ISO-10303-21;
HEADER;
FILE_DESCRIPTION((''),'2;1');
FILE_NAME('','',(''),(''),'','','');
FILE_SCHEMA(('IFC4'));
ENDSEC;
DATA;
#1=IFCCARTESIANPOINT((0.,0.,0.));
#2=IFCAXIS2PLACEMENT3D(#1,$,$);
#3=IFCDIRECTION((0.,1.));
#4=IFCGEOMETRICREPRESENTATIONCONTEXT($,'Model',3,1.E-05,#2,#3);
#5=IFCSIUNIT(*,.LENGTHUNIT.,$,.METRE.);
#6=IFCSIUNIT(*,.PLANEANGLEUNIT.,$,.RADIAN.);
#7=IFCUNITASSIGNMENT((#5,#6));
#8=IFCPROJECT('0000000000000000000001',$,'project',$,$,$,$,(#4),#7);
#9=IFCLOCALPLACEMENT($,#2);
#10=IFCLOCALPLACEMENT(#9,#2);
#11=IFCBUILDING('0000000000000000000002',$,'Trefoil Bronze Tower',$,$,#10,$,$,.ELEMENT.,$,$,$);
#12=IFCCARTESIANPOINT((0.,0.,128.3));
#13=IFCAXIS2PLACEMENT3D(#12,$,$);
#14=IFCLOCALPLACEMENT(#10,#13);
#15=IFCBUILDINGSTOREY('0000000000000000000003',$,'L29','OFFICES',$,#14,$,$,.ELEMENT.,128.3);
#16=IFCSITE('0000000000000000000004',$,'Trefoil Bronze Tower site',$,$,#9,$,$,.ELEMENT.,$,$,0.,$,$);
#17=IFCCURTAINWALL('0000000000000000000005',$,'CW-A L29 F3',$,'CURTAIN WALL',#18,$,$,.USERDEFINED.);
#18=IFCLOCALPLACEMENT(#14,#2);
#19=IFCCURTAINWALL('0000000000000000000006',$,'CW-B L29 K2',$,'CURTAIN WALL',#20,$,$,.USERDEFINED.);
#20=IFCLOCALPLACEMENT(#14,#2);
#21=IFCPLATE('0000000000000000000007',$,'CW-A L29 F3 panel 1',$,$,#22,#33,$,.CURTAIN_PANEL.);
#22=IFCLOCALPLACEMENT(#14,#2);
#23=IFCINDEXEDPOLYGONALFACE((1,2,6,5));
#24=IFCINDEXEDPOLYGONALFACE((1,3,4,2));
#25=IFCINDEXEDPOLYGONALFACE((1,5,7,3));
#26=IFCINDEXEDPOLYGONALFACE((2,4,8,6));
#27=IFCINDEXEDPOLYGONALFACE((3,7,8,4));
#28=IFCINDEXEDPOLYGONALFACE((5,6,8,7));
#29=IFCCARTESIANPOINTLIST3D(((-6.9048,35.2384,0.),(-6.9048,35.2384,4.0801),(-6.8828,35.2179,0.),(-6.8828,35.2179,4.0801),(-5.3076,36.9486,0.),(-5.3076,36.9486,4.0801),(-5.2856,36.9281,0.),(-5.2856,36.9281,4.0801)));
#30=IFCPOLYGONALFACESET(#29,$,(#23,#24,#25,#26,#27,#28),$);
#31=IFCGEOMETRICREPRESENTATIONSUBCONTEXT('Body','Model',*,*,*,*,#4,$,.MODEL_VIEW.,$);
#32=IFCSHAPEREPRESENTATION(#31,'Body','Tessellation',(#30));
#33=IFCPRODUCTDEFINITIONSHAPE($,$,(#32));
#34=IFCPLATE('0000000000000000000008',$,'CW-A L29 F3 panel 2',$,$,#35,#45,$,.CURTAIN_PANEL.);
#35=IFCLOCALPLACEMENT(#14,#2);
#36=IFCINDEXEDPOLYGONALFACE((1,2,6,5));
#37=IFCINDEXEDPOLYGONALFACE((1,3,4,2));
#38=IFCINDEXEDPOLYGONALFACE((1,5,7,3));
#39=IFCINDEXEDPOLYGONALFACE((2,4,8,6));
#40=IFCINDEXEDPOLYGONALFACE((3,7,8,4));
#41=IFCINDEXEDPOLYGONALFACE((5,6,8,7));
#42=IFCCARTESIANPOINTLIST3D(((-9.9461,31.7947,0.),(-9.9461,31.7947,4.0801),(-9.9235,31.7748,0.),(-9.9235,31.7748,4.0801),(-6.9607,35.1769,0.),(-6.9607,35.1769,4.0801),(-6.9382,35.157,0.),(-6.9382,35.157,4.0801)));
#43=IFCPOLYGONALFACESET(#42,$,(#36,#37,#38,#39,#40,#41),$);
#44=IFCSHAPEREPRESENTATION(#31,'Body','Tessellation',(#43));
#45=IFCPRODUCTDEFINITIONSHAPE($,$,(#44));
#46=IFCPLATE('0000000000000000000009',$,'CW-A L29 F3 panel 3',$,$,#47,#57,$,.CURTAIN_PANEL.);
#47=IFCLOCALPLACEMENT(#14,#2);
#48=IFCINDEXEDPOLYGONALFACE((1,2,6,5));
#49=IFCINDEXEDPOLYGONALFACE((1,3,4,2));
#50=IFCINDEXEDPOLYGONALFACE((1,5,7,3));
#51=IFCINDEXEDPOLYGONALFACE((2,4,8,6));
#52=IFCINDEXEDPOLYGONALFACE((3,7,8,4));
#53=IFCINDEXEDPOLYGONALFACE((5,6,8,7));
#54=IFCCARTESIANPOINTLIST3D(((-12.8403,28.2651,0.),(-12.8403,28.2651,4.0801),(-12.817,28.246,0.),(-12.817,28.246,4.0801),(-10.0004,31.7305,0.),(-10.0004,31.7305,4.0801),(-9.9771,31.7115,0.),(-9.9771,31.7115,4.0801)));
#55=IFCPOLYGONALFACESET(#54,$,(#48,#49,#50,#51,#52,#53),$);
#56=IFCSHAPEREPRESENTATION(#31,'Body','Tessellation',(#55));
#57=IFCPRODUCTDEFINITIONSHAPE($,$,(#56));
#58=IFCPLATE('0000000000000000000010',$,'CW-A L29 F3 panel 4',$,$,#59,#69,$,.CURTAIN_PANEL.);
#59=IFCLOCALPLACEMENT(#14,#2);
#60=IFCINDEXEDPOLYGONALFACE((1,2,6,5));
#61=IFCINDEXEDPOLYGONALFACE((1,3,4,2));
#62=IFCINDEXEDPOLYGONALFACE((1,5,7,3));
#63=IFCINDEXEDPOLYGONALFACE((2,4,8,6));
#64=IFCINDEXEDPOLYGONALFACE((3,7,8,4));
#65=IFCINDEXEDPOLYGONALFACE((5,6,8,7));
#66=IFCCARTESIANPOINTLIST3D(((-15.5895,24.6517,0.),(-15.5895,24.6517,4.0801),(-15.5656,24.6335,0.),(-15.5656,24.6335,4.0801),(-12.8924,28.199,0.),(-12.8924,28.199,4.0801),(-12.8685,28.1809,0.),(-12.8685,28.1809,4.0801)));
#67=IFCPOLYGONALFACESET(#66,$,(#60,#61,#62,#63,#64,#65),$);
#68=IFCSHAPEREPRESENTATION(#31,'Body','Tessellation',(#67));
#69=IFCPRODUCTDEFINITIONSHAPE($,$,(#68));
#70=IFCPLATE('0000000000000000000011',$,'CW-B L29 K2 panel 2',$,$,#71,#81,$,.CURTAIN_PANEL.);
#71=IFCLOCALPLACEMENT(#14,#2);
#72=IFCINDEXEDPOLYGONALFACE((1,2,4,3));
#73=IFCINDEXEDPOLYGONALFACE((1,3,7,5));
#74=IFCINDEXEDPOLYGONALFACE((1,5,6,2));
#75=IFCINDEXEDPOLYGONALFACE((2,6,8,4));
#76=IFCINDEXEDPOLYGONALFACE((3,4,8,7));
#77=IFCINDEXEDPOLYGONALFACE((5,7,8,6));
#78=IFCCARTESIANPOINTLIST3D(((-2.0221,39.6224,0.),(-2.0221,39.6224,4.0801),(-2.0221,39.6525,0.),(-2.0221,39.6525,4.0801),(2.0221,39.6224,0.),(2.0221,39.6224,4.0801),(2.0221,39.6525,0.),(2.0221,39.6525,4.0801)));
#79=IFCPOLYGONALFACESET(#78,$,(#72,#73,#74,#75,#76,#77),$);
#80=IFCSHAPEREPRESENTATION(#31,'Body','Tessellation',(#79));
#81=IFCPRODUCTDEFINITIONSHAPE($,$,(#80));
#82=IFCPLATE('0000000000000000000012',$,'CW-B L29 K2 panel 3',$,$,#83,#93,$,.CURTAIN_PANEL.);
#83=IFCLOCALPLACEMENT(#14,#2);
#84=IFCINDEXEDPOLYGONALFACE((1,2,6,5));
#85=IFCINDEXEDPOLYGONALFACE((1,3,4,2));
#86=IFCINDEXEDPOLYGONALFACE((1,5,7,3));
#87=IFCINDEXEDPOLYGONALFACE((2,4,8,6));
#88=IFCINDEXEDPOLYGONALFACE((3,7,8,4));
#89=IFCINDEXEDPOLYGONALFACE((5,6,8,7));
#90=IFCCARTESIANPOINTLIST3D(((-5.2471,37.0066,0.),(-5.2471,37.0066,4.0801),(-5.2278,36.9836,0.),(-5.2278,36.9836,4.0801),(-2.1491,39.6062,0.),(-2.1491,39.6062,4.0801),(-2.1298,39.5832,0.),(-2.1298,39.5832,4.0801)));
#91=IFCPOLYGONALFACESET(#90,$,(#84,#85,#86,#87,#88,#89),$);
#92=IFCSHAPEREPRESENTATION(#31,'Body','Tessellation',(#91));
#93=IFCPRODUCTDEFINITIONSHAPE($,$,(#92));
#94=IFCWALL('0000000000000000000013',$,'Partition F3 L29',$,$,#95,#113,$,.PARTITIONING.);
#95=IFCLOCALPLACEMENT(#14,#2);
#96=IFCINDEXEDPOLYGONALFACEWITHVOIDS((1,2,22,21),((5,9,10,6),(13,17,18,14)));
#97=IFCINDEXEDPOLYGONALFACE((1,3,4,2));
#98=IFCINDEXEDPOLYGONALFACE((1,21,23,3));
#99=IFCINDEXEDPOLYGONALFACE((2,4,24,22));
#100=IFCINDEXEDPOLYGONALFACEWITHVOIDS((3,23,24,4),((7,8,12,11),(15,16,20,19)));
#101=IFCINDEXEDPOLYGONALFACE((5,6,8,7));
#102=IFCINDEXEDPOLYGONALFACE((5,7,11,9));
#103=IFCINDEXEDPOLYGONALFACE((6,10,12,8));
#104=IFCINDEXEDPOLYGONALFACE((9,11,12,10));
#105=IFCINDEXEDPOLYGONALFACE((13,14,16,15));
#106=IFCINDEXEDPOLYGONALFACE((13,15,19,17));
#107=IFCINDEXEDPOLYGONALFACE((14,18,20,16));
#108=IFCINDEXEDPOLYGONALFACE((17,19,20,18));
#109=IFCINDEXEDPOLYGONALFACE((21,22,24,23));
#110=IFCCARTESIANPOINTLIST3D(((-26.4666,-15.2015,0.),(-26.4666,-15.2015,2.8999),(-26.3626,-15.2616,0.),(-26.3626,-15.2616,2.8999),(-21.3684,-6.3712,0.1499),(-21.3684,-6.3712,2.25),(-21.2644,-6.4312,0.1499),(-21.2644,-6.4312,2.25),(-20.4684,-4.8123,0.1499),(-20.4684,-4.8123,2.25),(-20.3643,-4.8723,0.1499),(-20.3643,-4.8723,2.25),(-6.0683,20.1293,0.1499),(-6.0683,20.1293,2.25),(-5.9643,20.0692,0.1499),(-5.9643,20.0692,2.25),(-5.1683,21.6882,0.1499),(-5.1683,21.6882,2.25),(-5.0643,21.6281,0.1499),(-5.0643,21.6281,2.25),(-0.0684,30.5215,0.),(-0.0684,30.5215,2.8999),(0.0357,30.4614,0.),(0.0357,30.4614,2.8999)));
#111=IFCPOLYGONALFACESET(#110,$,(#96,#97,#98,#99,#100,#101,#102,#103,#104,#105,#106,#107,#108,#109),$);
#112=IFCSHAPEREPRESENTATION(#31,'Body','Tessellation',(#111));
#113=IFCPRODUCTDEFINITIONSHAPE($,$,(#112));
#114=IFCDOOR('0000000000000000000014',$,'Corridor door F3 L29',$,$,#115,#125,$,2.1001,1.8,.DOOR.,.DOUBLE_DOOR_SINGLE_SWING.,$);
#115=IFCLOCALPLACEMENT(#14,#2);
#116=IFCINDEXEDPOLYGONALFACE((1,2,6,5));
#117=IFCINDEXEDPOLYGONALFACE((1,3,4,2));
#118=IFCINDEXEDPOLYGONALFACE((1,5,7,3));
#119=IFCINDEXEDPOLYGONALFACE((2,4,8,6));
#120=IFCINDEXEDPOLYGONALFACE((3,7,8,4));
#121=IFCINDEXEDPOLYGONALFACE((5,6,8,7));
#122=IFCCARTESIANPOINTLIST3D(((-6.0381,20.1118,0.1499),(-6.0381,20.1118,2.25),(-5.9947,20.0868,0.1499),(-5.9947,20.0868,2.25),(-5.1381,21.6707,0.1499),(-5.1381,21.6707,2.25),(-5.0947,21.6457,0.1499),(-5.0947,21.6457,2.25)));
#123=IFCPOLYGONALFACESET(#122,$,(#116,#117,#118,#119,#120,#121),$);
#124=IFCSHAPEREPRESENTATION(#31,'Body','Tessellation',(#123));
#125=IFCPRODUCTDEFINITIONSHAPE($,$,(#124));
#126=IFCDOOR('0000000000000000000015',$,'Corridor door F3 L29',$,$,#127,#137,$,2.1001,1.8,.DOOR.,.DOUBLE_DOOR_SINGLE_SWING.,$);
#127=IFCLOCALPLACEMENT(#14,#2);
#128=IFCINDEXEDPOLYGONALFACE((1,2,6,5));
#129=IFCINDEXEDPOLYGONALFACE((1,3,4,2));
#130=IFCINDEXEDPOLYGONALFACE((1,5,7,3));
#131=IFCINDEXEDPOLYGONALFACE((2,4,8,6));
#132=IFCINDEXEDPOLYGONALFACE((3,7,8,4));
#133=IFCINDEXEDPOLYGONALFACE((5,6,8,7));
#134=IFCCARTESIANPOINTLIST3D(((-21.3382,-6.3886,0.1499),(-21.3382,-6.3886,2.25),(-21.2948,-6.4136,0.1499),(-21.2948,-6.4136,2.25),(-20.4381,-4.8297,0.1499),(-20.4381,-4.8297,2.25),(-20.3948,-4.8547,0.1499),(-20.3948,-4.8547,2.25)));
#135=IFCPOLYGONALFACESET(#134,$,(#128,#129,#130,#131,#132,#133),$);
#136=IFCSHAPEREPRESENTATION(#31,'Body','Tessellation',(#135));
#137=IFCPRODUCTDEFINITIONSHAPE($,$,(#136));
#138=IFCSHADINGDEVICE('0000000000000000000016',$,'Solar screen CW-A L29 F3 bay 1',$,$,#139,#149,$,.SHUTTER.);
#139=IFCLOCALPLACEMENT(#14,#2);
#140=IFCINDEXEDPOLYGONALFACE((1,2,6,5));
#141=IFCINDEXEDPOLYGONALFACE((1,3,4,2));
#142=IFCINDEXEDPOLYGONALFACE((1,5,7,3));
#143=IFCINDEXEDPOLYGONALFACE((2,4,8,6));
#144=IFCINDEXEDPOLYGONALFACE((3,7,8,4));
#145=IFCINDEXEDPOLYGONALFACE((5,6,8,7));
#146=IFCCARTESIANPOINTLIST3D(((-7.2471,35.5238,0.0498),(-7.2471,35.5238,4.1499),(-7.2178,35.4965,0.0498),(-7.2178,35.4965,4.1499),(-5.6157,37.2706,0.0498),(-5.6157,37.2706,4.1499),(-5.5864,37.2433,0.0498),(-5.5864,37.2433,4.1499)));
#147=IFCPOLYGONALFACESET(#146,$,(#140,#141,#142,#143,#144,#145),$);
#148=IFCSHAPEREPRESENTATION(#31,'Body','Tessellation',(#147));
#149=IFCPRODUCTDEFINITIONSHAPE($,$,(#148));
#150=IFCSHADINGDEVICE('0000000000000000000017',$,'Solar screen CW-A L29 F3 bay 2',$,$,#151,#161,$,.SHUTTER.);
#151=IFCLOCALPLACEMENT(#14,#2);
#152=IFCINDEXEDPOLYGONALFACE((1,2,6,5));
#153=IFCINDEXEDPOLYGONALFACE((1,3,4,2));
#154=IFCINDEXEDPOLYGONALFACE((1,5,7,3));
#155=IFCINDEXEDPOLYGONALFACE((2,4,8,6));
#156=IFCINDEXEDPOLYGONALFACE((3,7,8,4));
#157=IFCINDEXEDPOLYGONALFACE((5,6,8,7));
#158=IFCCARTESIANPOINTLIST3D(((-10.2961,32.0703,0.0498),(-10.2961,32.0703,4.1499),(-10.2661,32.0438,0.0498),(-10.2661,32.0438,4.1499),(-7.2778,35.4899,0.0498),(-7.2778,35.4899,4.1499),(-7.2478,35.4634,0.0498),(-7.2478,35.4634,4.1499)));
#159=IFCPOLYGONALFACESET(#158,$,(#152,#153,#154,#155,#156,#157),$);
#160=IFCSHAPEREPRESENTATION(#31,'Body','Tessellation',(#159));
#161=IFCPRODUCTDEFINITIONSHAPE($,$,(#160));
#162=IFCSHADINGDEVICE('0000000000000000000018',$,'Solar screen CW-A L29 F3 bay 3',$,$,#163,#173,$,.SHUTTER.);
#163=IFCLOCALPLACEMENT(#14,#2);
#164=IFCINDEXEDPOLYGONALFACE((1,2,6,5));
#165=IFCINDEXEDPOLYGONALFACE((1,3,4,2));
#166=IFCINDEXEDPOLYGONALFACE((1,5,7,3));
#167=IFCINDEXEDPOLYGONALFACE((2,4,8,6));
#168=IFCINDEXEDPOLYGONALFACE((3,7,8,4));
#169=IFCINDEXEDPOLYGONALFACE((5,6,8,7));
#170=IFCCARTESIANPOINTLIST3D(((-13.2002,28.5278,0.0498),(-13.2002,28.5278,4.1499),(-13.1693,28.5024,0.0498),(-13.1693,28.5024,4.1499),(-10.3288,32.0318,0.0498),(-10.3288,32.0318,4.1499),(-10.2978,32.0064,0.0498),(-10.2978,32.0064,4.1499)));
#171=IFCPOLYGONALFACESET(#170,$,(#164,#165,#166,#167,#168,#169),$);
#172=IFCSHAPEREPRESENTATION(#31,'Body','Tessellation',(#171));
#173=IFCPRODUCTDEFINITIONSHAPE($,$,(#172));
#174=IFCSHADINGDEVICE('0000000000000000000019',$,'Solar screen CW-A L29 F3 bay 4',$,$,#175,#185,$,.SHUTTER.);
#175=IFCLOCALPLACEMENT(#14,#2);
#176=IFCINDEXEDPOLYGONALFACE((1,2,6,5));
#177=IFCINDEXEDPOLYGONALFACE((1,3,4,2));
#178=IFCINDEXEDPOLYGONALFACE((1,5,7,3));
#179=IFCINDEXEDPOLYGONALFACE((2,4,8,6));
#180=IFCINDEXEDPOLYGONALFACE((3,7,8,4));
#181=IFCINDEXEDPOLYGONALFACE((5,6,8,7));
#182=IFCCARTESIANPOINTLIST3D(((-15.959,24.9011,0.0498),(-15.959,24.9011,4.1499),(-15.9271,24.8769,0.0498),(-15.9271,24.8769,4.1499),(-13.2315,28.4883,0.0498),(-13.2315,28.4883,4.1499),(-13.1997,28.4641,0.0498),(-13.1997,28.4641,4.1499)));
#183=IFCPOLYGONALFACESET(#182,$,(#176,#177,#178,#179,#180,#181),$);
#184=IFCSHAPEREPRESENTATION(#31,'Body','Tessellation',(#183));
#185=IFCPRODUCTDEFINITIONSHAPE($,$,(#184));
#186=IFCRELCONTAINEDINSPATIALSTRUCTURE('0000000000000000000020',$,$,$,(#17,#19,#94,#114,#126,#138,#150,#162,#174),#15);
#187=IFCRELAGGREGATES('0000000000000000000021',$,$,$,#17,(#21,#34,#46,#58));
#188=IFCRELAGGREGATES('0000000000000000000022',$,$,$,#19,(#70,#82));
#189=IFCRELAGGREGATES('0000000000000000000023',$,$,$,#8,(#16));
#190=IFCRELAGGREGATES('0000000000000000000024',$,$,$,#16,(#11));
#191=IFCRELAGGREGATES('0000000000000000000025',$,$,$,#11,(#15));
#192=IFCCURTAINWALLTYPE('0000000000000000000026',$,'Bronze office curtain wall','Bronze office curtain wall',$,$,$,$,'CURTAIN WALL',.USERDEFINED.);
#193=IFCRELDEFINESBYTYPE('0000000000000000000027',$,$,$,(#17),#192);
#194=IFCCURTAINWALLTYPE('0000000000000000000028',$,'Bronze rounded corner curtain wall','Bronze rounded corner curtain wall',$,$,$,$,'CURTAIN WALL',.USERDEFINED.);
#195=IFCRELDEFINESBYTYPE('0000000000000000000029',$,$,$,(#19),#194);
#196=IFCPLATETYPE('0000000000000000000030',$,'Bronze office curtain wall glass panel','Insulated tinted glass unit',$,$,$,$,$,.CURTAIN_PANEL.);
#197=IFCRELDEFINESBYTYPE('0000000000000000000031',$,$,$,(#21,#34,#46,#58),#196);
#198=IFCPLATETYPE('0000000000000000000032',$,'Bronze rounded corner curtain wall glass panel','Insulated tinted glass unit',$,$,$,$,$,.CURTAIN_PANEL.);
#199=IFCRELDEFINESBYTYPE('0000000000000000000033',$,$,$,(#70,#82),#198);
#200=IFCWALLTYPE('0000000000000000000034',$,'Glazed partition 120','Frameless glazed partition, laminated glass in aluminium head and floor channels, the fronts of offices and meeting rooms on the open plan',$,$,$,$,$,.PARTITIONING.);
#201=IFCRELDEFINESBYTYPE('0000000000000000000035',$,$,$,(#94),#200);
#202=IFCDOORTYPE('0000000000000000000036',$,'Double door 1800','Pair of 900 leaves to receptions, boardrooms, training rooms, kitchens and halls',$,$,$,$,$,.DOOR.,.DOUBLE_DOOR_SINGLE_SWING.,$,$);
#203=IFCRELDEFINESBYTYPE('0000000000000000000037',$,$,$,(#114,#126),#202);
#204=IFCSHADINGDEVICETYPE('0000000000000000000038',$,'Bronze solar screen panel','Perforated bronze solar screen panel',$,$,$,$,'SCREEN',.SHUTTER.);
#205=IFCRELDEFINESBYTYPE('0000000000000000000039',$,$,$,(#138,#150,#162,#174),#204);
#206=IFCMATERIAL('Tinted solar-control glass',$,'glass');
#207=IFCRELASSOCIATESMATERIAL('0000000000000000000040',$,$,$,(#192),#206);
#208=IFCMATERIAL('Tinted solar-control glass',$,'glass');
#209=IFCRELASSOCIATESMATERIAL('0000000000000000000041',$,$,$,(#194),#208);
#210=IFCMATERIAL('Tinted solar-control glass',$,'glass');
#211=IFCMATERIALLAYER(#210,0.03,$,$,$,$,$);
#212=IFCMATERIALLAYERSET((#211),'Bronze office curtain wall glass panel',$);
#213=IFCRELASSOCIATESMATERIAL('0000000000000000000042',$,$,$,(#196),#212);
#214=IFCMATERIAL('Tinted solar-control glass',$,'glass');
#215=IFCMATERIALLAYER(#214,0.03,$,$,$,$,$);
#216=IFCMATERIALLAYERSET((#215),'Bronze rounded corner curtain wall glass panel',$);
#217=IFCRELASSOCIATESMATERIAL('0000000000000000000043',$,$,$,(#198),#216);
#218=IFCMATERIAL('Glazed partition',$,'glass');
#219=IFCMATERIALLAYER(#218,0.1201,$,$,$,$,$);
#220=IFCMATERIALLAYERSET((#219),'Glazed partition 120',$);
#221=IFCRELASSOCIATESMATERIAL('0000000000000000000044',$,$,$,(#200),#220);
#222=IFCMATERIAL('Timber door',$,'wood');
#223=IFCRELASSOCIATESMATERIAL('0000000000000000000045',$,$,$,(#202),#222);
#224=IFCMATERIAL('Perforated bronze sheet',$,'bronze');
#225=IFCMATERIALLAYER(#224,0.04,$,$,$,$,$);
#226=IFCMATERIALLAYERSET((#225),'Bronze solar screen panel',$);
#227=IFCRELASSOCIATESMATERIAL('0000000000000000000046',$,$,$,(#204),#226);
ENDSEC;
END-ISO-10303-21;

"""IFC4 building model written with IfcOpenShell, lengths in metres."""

from ifc_helpers import new_model, si_unit, direction, frame, frame_2d, origin, origin_2d, place, context, subcontext, project, spatial, rectangle, extrude, material, layer, layer_set, type_object, element, fill, aggregate, save


model = new_model("IFC4")

# Units and contexts
model_context = context("Model", 3, precision=1e-05, world=origin(), true_north=direction((0.0, 1.0)))
body_context = subcontext(model_context, "Body", "Model", "MODEL_VIEW")
ifc_project = project(units=[si_unit("LENGTHUNIT", "METRE"), si_unit("PLANEANGLEUNIT", "RADIAN")], contexts=[model_context])

# Site, building, storey
site_placement = place(None, origin())
site = spatial("IfcSite", under=ifc_project, at=site_placement, Name="Trefoil Bronze Tower site", CompositionType="ELEMENT", RefElevation=0.0)
building_placement = place(site_placement, origin())
building = spatial("IfcBuilding", under=site, at=building_placement, Name="Trefoil Bronze Tower", CompositionType="ELEMENT")
storey_placement = place(building_placement, frame((0.0, 0.0, 128.3)))
storey = spatial("IfcBuildingStorey", under=building, at=storey_placement, Name="L29", Description="OFFICES", CompositionType="ELEMENT", Elevation=128.3)

# Curtain walls
ifc_material_1 = material(Name="Tinted solar-control glass", Category="glass")
curtain_wall_type_1 = type_object("IfcCurtainWallType", Name="Bronze office curtain wall", Description="Bronze office curtain wall", ElementType="CURTAIN WALL", PredefinedType="USERDEFINED", material=ifc_material_1)
curtain_wall_1_placement = place(storey_placement, origin())
curtain_wall_1 = element("IfcCurtainWall", 1, at=curtain_wall_1_placement, inside=storey, type_object=curtain_wall_type_1, Name="CW-A L29 F3", ObjectType="CURTAIN WALL", PredefinedType="USERDEFINED")
ifc_material_2 = material(Name="Tinted solar-control glass", Category="glass")
curtain_wall_type_2 = type_object("IfcCurtainWallType", Name="Bronze rounded corner curtain wall", Description="Bronze rounded corner curtain wall", ElementType="CURTAIN WALL", PredefinedType="USERDEFINED", material=ifc_material_2)
curtain_wall_2_placement = place(storey_placement, origin())
curtain_wall_2 = element("IfcCurtainWall", 2, at=curtain_wall_2_placement, inside=storey, type_object=curtain_wall_type_2, Name="CW-B L29 K2", ObjectType="CURTAIN WALL", PredefinedType="USERDEFINED")

# Plates
ifc_material_3 = material(Name="Tinted solar-control glass", Category="glass")
ifc_layer_1 = layer(ifc_material_3, 0.03)
ifc_layer_set_1 = layer_set([ifc_layer_1], Name="Bronze office curtain wall glass panel")
plate_type_1 = type_object("IfcPlateType", Name="Bronze office curtain wall glass panel", Description="Insulated tinted glass unit", PredefinedType="CURTAIN_PANEL", material=ifc_layer_set_1)
plate_1_placement = place(storey_placement, frame((-6.0952, 36.0833, 0.0), z_axis=(0.0, 0.0, 1.0), x_axis=(-0.682536, -0.730852, 0.0)))
plate_1 = element("IfcPlate", 3, at=plate_1_placement, type_object=plate_type_1, Name="CW-A L29 F3 panel 1", PredefinedType="CURTAIN_PANEL", context=body_context, shape_type="SweptSolid", body=[
    extrude(rectangle(XDim=2.3401, YDim=0.03, at=origin_2d()), origin(), (0.0, 0.0, 1.0), 4.0801),
])
plate_2_placement = place(storey_placement, frame((-8.4421, 33.4758, 0.0), z_axis=(0.0, 0.0, 1.0), x_axis=(-0.661751, -0.749723, 0.0)))
plate_2 = element("IfcPlate", 4, at=plate_2_placement, type_object=plate_type_1, Name="CW-A L29 F3 panel 2", PredefinedType="CURTAIN_PANEL", context=body_context, shape_type="SweptSolid", body=[
    extrude(rectangle(XDim=4.5112, YDim=0.03, at=origin_2d()), origin(), (0.0, 0.0, 1.0), 4.0801),
])
plate_3_placement = place(storey_placement, frame((-11.4087, 29.9883, 0.0), z_axis=(0.0, 0.0, 1.0), x_axis=(-0.63384, -0.773464, 0.0)))
plate_3 = element("IfcPlate", 5, at=plate_3_placement, type_object=plate_type_1, Name="CW-A L29 F3 panel 3", PredefinedType="CURTAIN_PANEL", context=body_context, shape_type="SweptSolid", body=[
    extrude(rectangle(XDim=4.4805, YDim=0.03, at=origin_2d()), origin(), (0.0, 0.0, 1.0), 4.0801),
])
plate_4_placement = place(storey_placement, frame((-14.229, 26.4163, 0.0), z_axis=(0.0, 0.0, 1.0), x_axis=(-0.605252, -0.796034, 0.0)))
plate_4 = element("IfcPlate", 6, at=plate_4_placement, type_object=plate_type_1, Name="CW-A L29 F3 panel 4", PredefinedType="CURTAIN_PANEL", context=body_context, shape_type="SweptSolid", body=[
    extrude(rectangle(XDim=4.4563, YDim=0.03, at=origin_2d()), origin(), (0.0, 0.0, 1.0), 4.0801),
])
aggregate(curtain_wall_1, [plate_1, plate_2, plate_3, plate_4])
ifc_material_4 = material(Name="Tinted solar-control glass", Category="glass")
ifc_layer_2 = layer(ifc_material_4, 0.03)
ifc_layer_set_2 = layer_set([ifc_layer_2], Name="Bronze rounded corner curtain wall glass panel")
plate_type_2 = type_object("IfcPlateType", Name="Bronze rounded corner curtain wall glass panel", Description="Insulated tinted glass unit", PredefinedType="CURTAIN_PANEL", material=ifc_layer_set_2)
plate_5_placement = place(storey_placement, frame((0.0, 39.6375, 0.0), z_axis=(0.0, 0.0, 1.0), x_axis=(-1.0, 0.0, 0.0)))
plate_5 = element("IfcPlate", 7, at=plate_5_placement, type_object=plate_type_2, Name="CW-B L29 K2 panel 2", PredefinedType="CURTAIN_PANEL", context=body_context, shape_type="SweptSolid", body=[
    extrude(rectangle(XDim=4.0442, YDim=0.03, at=origin_2d()), origin(), (0.0, 0.0, 1.0), 4.0801),
])
plate_6_placement = place(storey_placement, frame((-3.6885, 38.2949, 0.0), z_axis=(0.0, 0.0, 1.0), x_axis=(-0.766044, -0.642788, 0.0)))
plate_6 = element("IfcPlate", 8, at=plate_6_placement, type_object=plate_type_2, Name="CW-B L29 K2 panel 3", PredefinedType="CURTAIN_PANEL", context=body_context, shape_type="SweptSolid", body=[
    extrude(rectangle(XDim=4.0442, YDim=0.03, at=origin_2d()), origin(), (0.0, 0.0, 1.0), 4.0801),
])
aggregate(curtain_wall_2, [plate_5, plate_6])

# Wall, openings, doors
ifc_material_5 = material(Name="Glazed partition", Category="glass")
ifc_layer_3 = layer(ifc_material_5, 0.1201)
ifc_layer_set_3 = layer_set([ifc_layer_3], Name="Glazed partition 120")
wall_type = type_object("IfcWallType", Name="Glazed partition 120", Description="Frameless glazed partition, laminated glass in aluminium head and floor channels, the fronts of offices and meeting rooms on the open plan", PredefinedType="PARTITIONING", material=ifc_layer_set_3)
wall_placement = place(storey_placement, frame((-0.0164, 30.4915, 0.0), z_axis=(0.0, 0.0, 1.0), x_axis=(-0.500001, -0.866025, 0.0)))
wall = element("IfcWall", 9, at=wall_placement, inside=storey, type_object=wall_type, Name="Partition F3 L29", PredefinedType="PARTITIONING", context=body_context, shape_type="SweptSolid", body=[
    extrude(rectangle(XDim=52.7964, YDim=0.1201, at=frame_2d((26.3982, 0.0))), origin(), (0.0, 0.0, 1.0), 2.8999),
])
opening_1_placement = place(wall_placement, frame((10.2, 0.0, 0.1499)))
opening_1 = element("IfcOpeningElement", 10, at=opening_1_placement, cuts=wall, PredefinedType="OPENING", context=body_context, shape_type="SweptSolid", body=[
    extrude(rectangle(XDim=1.8, YDim=2.1001, at=frame_2d((0.8999, 1.05))), frame((0.0, 0.0701, 0.0), z_axis=(0.0, -1.0, 0.0), x_axis=(1.0, 0.0, 0.0)), (0.0, 0.0, 1.0), 0.1401),
])
opening_2_placement = place(wall_placement, frame((40.8, 0.0, 0.1499)))
opening_2 = element("IfcOpeningElement", 11, at=opening_2_placement, cuts=wall, PredefinedType="OPENING", context=body_context, shape_type="SweptSolid", body=[
    extrude(rectangle(XDim=1.8, YDim=2.1001, at=frame_2d((0.8999, 1.05))), frame((0.0, 0.0701, 0.0), z_axis=(0.0, -1.0, 0.0), x_axis=(1.0, 0.0, 0.0)), (0.0, 0.0, 1.0), 0.1401),
])
ifc_material_6 = material(Name="Timber door", Category="wood")
door_type = type_object("IfcDoorType", Name="Double door 1800", Description="Pair of 900 leaves to receptions, boardrooms, training rooms, kitchens and halls", OperationType="DOUBLE_DOOR_SINGLE_SWING", PredefinedType="DOOR", material=ifc_material_6)
door_1_placement = place(opening_1_placement, origin())
door_1 = element("IfcDoor", 12, at=door_1_placement, inside=storey, type_object=door_type, Name="Corridor door F3 L29", OperationType="DOUBLE_DOOR_SINGLE_SWING", OverallHeight=2.1001, OverallWidth=1.8, PredefinedType="DOOR", context=body_context, shape_type="SweptSolid", body=[
    extrude(rectangle(XDim=1.8, YDim=2.1001, at=frame_2d((0.8999, 1.05))), frame((0.0, 0.0249, 0.0), z_axis=(0.0, -1.0, 0.0), x_axis=(1.0, 0.0, 0.0)), (0.0, 0.0, 1.0), 0.05),
])
fill(opening_1, door_1)
door_2_placement = place(opening_2_placement, origin())
door_2 = element("IfcDoor", 13, at=door_2_placement, inside=storey, type_object=door_type, Name="Corridor door F3 L29", OperationType="DOUBLE_DOOR_SINGLE_SWING", OverallHeight=2.1001, OverallWidth=1.8, PredefinedType="DOOR", context=body_context, shape_type="SweptSolid", body=[
    extrude(rectangle(XDim=1.8, YDim=2.1001, at=frame_2d((0.8999, 1.05))), frame((0.0, 0.0249, 0.0), z_axis=(0.0, -1.0, 0.0), x_axis=(1.0, 0.0, 0.0)), (0.0, 0.0, 1.0), 0.05),
])
fill(opening_2, door_2)

# Shading devices
ifc_material_7 = material(Name="Perforated bronze sheet", Category="bronze")
ifc_layer_4 = layer(ifc_material_7, 0.04)
ifc_layer_set_4 = layer_set([ifc_layer_4], Name="Bronze solar screen panel")
shading_device_type = type_object("IfcShadingDeviceType", Name="Bronze solar screen panel", Description="Perforated bronze solar screen panel", ElementType="SCREEN", PredefinedType="SHUTTER", material=ifc_layer_set_4)
shading_device_1_placement = place(storey_placement, frame((-6.4167, 36.3835, 0.0498), z_axis=(0.0, 0.0, 1.0), x_axis=(-0.682536, -0.730852, 0.0)))
element("IfcShadingDevice", 14, at=shading_device_1_placement, inside=storey, type_object=shading_device_type, Name="Solar screen CW-A L29 F3 bay 1", PredefinedType="SHUTTER", context=body_context, shape_type="SweptSolid", body=[
    extrude(rectangle(XDim=2.3901, YDim=0.04, at=origin_2d()), origin(), (0.0, 0.0, 1.0), 4.1001),
])
shading_device_2_placement = place(storey_placement, frame((-8.772, 33.7668, 0.0498), z_axis=(0.0, 0.0, 1.0), x_axis=(-0.661751, -0.749723, 0.0)))
element("IfcShadingDevice", 15, at=shading_device_2_placement, inside=storey, type_object=shading_device_type, Name="Solar screen CW-A L29 F3 bay 2", PredefinedType="SHUTTER", context=body_context, shape_type="SweptSolid", body=[
    extrude(rectangle(XDim=4.561, YDim=0.04, at=origin_2d()), origin(), (0.0, 0.0, 1.0), 4.1001),
])
shading_device_3_placement = place(storey_placement, frame((-11.749, 30.2671, 0.0498), z_axis=(0.0, 0.0, 1.0), x_axis=(-0.63384, -0.773464, 0.0)))
element("IfcShadingDevice", 16, at=shading_device_3_placement, inside=storey, type_object=shading_device_type, Name="Solar screen CW-A L29 F3 bay 3", PredefinedType="SHUTTER", context=body_context, shape_type="SweptSolid", body=[
    extrude(rectangle(XDim=4.5303, YDim=0.04, at=origin_2d()), origin(), (0.0, 0.0, 1.0), 4.1001),
])
shading_device_4_placement = place(storey_placement, frame((-14.5793, 26.6826, 0.0498), z_axis=(0.0, 0.0, 1.0), x_axis=(-0.605252, -0.796034, 0.0)))
element("IfcShadingDevice", 17, at=shading_device_4_placement, inside=storey, type_object=shading_device_type, Name="Solar screen CW-A L29 F3 bay 4", PredefinedType="SHUTTER", context=body_context, shape_type="SweptSolid", body=[
    extrude(rectangle(XDim=4.5063, YDim=0.04, at=origin_2d()), origin(), (0.0, 0.0, 1.0), 4.1001),
])

save(model, "model.ifc")
